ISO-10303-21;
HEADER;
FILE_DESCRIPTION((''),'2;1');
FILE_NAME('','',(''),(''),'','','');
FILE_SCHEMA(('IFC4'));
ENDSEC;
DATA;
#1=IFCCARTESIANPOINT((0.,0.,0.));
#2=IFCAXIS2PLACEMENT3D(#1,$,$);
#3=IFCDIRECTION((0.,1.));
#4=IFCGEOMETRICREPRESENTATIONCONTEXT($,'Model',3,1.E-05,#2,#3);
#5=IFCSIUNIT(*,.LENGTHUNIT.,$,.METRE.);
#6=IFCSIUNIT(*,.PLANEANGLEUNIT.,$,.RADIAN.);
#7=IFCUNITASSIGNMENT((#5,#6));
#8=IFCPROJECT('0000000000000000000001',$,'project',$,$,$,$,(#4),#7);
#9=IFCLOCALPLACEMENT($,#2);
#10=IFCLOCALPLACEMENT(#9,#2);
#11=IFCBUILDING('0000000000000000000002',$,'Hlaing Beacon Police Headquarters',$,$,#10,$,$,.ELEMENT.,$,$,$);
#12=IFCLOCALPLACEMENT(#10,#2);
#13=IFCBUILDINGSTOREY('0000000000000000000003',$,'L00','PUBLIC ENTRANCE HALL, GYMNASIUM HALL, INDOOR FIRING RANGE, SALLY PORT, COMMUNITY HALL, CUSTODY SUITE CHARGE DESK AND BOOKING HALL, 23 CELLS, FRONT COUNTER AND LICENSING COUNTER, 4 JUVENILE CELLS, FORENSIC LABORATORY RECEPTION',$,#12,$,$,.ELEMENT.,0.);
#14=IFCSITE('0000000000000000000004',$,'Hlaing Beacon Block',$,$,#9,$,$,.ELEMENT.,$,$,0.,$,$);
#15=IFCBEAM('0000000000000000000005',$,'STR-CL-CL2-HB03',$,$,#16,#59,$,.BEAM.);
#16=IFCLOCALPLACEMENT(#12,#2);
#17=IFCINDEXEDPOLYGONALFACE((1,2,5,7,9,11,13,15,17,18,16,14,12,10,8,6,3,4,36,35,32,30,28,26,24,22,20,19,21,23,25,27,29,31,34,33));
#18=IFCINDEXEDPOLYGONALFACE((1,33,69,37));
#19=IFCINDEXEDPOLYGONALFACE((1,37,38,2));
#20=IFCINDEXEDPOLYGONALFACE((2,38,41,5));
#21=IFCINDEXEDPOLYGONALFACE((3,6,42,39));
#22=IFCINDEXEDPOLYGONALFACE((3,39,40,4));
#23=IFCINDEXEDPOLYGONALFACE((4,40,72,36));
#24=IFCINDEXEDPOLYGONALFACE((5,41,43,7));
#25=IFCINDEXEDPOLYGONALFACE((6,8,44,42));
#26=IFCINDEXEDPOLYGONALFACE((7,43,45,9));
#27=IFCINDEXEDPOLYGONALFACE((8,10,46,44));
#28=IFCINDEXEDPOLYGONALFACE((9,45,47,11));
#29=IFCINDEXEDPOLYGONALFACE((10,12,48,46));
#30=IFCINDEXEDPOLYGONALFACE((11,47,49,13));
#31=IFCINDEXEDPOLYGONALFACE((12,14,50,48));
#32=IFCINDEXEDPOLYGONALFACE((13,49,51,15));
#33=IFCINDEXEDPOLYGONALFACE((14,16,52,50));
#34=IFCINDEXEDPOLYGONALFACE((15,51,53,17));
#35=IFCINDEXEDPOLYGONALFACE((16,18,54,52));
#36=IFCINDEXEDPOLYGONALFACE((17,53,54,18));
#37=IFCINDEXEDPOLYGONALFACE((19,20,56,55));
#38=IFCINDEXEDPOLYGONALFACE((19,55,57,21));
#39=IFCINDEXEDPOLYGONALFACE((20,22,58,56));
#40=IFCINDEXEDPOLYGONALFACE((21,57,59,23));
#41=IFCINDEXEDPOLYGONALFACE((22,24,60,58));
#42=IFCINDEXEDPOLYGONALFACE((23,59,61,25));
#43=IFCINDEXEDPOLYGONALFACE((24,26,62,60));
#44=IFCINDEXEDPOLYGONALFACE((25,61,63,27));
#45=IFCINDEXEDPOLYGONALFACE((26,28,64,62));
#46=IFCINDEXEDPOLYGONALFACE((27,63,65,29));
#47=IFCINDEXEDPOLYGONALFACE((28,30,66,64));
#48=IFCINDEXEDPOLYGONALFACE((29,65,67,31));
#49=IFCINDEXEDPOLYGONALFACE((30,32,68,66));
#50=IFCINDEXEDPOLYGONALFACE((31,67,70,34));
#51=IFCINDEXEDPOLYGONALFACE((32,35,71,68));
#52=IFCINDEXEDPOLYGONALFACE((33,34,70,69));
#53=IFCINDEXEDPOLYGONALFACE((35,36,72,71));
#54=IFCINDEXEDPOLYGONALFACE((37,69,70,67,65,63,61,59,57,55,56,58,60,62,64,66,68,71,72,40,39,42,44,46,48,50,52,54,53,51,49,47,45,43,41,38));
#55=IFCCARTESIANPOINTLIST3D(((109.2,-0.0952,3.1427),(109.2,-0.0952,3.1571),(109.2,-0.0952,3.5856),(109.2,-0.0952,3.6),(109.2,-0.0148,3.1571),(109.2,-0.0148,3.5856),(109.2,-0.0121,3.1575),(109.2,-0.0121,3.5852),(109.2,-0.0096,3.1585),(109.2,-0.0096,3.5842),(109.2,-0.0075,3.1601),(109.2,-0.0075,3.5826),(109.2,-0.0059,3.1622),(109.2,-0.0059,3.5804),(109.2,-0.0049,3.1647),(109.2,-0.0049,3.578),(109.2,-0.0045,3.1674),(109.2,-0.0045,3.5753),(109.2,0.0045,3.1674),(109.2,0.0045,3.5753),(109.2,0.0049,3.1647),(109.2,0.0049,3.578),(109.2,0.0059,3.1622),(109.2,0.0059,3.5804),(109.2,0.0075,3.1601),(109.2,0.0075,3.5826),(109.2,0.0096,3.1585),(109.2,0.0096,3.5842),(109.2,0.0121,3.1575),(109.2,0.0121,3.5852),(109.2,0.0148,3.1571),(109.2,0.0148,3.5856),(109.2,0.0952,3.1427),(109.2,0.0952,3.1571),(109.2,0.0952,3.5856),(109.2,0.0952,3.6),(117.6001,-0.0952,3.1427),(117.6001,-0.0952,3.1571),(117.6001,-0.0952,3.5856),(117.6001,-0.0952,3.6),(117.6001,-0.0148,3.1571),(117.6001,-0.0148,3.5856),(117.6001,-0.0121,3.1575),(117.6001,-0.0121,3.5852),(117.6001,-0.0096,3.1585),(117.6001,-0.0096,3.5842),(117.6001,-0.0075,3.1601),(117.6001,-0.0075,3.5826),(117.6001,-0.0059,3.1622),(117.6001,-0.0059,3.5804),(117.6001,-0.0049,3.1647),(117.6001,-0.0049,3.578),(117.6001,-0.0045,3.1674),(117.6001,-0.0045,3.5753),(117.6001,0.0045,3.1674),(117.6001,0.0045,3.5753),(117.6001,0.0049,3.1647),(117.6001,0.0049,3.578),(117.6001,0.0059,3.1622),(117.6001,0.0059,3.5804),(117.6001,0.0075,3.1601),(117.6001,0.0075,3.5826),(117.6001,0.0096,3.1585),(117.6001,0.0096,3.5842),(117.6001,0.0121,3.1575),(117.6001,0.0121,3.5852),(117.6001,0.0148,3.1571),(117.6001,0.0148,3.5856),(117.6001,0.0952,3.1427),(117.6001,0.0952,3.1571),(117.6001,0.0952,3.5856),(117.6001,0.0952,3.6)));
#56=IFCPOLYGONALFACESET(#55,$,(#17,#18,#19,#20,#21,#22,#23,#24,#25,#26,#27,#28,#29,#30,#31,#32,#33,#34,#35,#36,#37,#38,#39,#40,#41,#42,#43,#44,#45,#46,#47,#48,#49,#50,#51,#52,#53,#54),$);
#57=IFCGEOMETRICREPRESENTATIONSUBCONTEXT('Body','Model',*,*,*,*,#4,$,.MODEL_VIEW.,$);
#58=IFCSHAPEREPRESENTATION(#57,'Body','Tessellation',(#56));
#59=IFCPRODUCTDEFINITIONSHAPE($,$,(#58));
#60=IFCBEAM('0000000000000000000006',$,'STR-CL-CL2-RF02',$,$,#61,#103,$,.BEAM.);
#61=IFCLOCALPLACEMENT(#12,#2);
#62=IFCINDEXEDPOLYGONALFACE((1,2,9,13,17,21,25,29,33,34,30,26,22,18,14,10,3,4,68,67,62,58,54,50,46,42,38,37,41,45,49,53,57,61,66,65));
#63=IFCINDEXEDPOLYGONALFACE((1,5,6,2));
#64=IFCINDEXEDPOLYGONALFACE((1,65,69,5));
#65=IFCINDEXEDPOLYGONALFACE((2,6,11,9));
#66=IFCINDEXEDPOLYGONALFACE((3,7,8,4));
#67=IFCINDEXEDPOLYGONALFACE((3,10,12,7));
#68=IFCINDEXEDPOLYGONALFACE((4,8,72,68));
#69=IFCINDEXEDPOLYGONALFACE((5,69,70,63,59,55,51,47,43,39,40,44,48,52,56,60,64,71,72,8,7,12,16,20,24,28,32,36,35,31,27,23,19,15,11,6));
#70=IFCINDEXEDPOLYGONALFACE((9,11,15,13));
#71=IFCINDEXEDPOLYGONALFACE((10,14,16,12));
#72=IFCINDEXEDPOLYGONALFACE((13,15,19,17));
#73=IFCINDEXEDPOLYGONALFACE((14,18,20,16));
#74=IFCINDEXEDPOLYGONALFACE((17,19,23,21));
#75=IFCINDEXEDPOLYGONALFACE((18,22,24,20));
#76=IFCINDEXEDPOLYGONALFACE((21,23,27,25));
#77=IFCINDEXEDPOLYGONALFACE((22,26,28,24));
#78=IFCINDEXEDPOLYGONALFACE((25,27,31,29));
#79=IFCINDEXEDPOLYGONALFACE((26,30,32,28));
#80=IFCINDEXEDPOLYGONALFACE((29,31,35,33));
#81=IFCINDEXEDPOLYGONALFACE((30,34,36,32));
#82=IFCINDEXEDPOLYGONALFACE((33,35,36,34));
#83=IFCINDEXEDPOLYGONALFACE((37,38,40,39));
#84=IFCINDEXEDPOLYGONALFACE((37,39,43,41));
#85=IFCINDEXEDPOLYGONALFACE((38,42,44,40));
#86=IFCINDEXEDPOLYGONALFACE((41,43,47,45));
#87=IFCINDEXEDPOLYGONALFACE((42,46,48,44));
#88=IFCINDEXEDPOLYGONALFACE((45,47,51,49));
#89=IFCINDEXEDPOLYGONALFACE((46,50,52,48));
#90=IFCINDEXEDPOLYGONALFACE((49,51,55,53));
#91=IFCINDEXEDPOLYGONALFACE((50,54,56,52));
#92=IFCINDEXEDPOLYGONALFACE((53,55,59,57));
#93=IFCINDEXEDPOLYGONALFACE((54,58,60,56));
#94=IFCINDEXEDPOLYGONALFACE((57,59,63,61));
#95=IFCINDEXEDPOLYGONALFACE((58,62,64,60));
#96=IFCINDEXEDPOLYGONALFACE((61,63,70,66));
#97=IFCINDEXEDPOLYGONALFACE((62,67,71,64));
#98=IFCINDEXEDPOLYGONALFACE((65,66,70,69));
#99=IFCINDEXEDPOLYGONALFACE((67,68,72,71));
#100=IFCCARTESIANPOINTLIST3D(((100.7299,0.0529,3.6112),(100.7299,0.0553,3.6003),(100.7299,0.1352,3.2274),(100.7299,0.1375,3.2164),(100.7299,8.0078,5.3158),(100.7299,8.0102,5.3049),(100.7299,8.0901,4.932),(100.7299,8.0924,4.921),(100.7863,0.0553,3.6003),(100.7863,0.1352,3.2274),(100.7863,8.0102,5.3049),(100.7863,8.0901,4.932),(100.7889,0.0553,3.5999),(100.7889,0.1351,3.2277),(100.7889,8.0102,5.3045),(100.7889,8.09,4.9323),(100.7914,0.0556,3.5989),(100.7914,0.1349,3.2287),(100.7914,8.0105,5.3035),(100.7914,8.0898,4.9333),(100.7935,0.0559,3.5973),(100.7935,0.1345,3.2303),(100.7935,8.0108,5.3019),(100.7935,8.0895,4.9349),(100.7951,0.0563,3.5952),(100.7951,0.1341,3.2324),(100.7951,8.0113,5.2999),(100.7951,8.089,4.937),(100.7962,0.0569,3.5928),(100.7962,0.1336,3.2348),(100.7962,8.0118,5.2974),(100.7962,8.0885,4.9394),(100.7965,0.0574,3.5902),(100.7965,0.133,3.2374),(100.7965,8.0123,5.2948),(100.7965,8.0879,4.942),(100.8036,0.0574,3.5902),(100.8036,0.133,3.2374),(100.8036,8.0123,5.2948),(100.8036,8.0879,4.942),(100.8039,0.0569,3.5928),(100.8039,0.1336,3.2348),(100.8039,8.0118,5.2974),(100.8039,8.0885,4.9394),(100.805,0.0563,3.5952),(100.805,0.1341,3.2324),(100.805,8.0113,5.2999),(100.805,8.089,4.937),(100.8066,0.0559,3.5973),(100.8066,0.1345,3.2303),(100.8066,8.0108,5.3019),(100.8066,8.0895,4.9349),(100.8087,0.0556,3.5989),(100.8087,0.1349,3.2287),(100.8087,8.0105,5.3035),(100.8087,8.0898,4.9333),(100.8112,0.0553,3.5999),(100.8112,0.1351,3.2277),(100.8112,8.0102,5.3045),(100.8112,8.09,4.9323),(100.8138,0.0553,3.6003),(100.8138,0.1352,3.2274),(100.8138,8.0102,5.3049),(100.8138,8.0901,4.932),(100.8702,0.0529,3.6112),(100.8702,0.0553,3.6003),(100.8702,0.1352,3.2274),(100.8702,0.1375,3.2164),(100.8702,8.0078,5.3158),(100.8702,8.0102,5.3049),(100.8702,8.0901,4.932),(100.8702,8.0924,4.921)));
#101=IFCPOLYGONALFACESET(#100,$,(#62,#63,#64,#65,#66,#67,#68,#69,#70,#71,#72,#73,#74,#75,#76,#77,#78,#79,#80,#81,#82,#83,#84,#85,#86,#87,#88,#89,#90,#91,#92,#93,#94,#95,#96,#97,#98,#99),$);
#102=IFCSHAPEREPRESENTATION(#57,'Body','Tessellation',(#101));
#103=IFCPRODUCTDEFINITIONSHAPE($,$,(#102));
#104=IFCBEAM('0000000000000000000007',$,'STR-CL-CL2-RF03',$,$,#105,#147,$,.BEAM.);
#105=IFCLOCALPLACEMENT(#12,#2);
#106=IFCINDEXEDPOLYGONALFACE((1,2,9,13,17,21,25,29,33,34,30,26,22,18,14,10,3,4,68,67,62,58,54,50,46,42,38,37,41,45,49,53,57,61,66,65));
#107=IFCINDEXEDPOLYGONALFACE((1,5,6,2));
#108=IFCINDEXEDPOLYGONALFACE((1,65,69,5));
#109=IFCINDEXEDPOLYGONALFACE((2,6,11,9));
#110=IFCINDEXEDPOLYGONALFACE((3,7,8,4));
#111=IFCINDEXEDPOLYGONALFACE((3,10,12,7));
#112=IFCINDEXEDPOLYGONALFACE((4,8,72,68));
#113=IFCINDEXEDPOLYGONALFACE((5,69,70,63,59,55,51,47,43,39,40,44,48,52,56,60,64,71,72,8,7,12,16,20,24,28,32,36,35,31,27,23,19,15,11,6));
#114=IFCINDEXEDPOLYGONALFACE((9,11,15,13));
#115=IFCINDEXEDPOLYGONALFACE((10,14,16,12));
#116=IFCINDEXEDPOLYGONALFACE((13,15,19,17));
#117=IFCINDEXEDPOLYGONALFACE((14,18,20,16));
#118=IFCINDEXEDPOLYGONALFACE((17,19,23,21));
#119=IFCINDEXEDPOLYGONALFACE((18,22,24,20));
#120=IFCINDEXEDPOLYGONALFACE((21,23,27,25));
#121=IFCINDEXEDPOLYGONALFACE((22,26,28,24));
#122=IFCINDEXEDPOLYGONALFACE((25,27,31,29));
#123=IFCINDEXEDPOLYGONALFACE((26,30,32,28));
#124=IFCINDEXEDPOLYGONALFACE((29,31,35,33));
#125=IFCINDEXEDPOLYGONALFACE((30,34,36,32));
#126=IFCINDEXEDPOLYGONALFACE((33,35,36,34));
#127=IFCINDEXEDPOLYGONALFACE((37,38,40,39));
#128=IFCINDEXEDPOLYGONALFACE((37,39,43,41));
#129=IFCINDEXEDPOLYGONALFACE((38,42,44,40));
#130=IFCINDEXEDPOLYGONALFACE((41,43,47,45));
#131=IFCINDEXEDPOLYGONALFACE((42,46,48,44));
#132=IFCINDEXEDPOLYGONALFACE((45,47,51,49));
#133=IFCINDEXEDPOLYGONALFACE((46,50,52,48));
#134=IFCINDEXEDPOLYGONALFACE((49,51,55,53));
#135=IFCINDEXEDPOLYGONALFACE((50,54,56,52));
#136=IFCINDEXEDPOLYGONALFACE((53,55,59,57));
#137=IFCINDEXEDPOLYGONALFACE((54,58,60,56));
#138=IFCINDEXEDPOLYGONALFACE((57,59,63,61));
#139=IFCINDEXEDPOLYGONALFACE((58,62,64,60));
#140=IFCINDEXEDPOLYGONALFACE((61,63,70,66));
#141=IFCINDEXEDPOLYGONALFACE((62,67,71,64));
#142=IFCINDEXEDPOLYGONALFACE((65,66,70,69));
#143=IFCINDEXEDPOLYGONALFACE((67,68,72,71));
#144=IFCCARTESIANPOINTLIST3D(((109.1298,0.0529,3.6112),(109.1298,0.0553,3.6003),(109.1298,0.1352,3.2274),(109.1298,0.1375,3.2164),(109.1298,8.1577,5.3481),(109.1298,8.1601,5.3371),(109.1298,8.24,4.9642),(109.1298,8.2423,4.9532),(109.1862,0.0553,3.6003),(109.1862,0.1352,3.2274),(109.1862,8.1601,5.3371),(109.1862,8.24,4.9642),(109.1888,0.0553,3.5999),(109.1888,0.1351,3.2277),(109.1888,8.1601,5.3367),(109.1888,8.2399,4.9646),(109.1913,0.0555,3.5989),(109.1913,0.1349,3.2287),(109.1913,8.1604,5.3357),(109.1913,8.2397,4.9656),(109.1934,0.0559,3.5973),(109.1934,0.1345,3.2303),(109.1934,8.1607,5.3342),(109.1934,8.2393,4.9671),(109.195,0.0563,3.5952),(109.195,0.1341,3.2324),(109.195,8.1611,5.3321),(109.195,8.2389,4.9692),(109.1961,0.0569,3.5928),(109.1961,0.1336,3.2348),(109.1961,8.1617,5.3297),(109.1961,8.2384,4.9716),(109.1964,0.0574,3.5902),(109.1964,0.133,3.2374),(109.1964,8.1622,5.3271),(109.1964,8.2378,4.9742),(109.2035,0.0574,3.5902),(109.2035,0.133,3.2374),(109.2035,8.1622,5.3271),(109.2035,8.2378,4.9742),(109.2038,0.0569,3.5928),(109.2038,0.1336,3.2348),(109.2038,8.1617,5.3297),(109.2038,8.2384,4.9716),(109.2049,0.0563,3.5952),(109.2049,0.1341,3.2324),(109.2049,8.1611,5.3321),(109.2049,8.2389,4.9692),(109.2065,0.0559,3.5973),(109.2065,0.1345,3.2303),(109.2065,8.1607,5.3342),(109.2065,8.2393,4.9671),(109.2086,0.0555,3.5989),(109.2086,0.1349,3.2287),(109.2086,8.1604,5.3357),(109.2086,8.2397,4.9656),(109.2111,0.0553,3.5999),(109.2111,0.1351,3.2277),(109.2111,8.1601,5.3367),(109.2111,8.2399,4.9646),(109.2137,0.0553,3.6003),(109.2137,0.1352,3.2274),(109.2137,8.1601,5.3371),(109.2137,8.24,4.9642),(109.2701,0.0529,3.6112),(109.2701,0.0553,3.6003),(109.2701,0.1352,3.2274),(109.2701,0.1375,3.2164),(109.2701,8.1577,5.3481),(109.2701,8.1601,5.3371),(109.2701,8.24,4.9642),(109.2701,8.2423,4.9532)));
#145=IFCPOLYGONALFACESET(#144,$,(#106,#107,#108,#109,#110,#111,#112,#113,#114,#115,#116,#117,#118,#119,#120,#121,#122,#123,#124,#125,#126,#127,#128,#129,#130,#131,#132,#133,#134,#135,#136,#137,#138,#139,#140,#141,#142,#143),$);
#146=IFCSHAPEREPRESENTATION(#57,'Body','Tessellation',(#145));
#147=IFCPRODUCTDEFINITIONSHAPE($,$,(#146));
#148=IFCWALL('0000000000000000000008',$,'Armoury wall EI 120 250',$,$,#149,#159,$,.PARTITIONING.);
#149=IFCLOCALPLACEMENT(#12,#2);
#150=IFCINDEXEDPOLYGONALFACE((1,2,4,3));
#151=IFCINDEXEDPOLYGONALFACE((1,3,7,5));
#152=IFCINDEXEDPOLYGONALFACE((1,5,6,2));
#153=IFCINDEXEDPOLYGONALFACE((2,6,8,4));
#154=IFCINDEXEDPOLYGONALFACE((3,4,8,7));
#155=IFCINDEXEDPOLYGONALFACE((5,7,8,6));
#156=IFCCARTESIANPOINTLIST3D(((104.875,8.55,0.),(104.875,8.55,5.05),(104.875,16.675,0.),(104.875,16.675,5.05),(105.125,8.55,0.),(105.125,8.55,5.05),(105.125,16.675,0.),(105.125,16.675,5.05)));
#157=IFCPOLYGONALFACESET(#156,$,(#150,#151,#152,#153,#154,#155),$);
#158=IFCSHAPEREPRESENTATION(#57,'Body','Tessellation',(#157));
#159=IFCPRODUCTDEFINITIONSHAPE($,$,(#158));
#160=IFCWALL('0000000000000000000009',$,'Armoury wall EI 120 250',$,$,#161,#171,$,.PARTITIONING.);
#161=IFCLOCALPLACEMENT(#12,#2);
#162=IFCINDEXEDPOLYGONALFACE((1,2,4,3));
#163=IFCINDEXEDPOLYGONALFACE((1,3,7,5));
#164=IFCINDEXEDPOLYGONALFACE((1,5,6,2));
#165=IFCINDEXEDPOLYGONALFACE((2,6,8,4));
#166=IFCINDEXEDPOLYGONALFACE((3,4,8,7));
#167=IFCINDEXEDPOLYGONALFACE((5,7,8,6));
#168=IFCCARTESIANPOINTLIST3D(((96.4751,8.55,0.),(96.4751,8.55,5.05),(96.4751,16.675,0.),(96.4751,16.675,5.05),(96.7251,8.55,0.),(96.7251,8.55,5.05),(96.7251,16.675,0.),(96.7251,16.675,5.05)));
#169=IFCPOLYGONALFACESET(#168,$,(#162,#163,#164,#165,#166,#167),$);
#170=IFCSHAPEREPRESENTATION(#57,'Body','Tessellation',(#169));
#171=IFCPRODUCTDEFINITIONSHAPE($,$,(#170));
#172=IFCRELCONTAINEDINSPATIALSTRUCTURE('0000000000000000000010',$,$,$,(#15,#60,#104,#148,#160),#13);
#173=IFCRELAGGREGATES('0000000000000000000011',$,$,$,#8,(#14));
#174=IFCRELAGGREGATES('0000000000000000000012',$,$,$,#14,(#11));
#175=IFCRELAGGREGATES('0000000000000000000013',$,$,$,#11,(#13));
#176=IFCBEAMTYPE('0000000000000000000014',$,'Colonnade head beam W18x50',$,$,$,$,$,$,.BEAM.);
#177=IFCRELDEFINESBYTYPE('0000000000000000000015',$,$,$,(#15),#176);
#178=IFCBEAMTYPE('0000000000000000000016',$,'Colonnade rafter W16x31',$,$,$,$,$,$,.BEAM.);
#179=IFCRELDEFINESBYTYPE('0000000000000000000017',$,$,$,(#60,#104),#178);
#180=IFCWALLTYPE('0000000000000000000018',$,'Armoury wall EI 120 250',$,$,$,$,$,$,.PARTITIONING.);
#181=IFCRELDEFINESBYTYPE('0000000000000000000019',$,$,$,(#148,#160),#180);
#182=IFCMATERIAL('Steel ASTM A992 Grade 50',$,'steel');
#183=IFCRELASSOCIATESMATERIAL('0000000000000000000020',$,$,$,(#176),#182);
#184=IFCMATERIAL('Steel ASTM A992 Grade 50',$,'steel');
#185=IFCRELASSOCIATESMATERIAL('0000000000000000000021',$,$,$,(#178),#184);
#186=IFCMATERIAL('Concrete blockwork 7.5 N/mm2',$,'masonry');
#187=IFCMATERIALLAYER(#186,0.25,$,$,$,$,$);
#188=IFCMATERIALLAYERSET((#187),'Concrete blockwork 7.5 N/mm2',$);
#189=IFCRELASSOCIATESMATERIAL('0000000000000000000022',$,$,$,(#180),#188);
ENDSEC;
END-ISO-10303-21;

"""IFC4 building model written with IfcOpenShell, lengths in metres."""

from ifc_helpers import new_model, si_unit, direction, frame, frame_2d, origin, origin_2d, place, context, subcontext, project, spatial, rectangle, i_section, extrude, material, layer, layer_set, material_profile, profile_set, type_object, element, save


model = new_model("IFC4")

# Units and contexts
model_context = context("Model", 3, precision=1e-05, world=origin(), true_north=direction((0.0, 1.0)))
body_context = subcontext(model_context, "Body", "Model", "MODEL_VIEW")
ifc_project = project(units=[si_unit("LENGTHUNIT", "METRE"), si_unit("PLANEANGLEUNIT", "RADIAN")], contexts=[model_context])

# Site, building, storey
site_placement = place(None, origin())
site = spatial("IfcSite", under=ifc_project, at=site_placement, Name="Hlaing Beacon Block", CompositionType="ELEMENT", RefElevation=0.0)
building_placement = place(site_placement, origin())
building = spatial("IfcBuilding", under=site, at=building_placement, Name="Hlaing Beacon Police Headquarters", CompositionType="ELEMENT")
storey_placement = place(building_placement, origin())
storey = spatial("IfcBuildingStorey", under=building, at=storey_placement, Name="L00", Description="PUBLIC ENTRANCE HALL, GYMNASIUM HALL, INDOOR FIRING RANGE, SALLY PORT, COMMUNITY HALL, CUSTODY SUITE CHARGE DESK AND BOOKING HALL, 23 CELLS, FRONT COUNTER AND LICENSING COUNTER, 4 JUVENILE CELLS, FORENSIC LABORATORY RECEPTION", CompositionType="ELEMENT", Elevation=0.0)

# Beams
ifc_material_1 = material(Name="Steel ASTM A992 Grade 50", Category="steel")
ifc_material_profile_1 = material_profile(ifc_material_1, i_section(OverallWidth=0.1904, OverallDepth=0.4573, WebThickness=0.009, FlangeThickness=0.0144, FilletRadius=0.0103, at=origin_2d()), Name="W18x50")
ifc_profile_set_1 = profile_set([ifc_material_profile_1], Name="Steel ASTM A992 Grade 50")
beam_type_1 = type_object("IfcBeamType", Name="Colonnade head beam W18x50", PredefinedType="BEAM", material=ifc_profile_set_1)
beam_1_placement = place(storey_placement, frame((109.2, 0.0, 3.3713), z_axis=(1.0, 0.0, 0.0), x_axis=(0.0, 1.0, 0.0)))
element("IfcBeam", 1, at=beam_1_placement, inside=storey, type_object=beam_type_1, Name="STR-CL-CL2-HB03", PredefinedType="BEAM", context=body_context, shape_type="SweptSolid", body=[
    extrude(i_section(OverallWidth=0.1904, OverallDepth=0.4573, WebThickness=0.009, FlangeThickness=0.0144, FilletRadius=0.0103, at=origin_2d()), origin(), (0.0, 0.0, 1.0), 8.4001),
])
ifc_material_2 = material(Name="Steel ASTM A992 Grade 50", Category="steel")
ifc_material_profile_2 = material_profile(ifc_material_2, i_section(OverallWidth=0.1404, OverallDepth=0.4038, WebThickness=0.0071, FlangeThickness=0.0112, FilletRadius=0.0103, at=origin_2d()), Name="W16x31")
ifc_profile_set_2 = profile_set([ifc_material_profile_2], Name="Steel ASTM A992 Grade 50")
beam_type_2 = type_object("IfcBeamType", Name="Colonnade rafter W16x31", PredefinedType="BEAM", material=ifc_profile_set_2)
beam_2_placement = place(storey_placement, frame((100.8, 0.0952, 3.4138), z_axis=(0.0, 0.977803, 0.209527), x_axis=(-1.0, 0.0, 0.0)))
element("IfcBeam", 2, at=beam_2_placement, inside=storey, type_object=beam_type_2, Name="STR-CL-CL2-RF02", PredefinedType="BEAM", context=body_context, shape_type="SweptSolid", body=[
    extrude(i_section(OverallWidth=0.1404, OverallDepth=0.4038, WebThickness=0.0071, FlangeThickness=0.0112, FilletRadius=0.0103, at=origin_2d()), origin(), (0.0, 0.0, 1.0), 8.1355),
])
beam_3_placement = place(storey_placement, frame((109.2, 0.0952, 3.4138), z_axis=(0.0, 0.9778, 0.209539), x_axis=(-1.0, 0.0, 0.0)))
element("IfcBeam", 3, at=beam_3_placement, inside=storey, type_object=beam_type_2, Name="STR-CL-CL2-RF03", PredefinedType="BEAM", context=body_context, shape_type="SweptSolid", body=[
    extrude(i_section(OverallWidth=0.1404, OverallDepth=0.4038, WebThickness=0.0071, FlangeThickness=0.0112, FilletRadius=0.0103, at=origin_2d()), origin(), (0.0, 0.0, 1.0), 8.2888),
])

# Walls
ifc_material_3 = material(Name="Concrete blockwork 7.5 N/mm2", Category="masonry")
ifc_layer_1 = layer(ifc_material_3, 0.25)
ifc_layer_set_1 = layer_set([ifc_layer_1], Name="Concrete blockwork 7.5 N/mm2")
wall_type_1 = type_object("IfcWallType", Name="Armoury wall EI 120 250", PredefinedType="PARTITIONING", material=ifc_layer_set_1)
for number, where, z_axis, x_axis, name in (
    (4, (105.0, 8.55, 0.0), (0.0, 0.0, 1.0), (0.0, 1.0, 0.0), "Armoury wall EI 120 250"),
    (5, (96.6001, 8.55, 0.0), (0.0, 0.0, 1.0), (0.0, 1.0, 0.0), "Armoury wall EI 120 250"),
):
    element("IfcWall", number, at=place(storey_placement, frame(where, z_axis=z_axis, x_axis=x_axis)), inside=storey, type_object=wall_type_1, Name=name, PredefinedType="PARTITIONING", context=body_context, shape_type="SweptSolid", body=[
        extrude(rectangle(XDim=8.125, YDim=0.25, at=frame_2d((4.0625, 0.0))), origin(), (0.0, 0.0, 1.0), 5.05),
    ])

save(model, "model.ifc")
